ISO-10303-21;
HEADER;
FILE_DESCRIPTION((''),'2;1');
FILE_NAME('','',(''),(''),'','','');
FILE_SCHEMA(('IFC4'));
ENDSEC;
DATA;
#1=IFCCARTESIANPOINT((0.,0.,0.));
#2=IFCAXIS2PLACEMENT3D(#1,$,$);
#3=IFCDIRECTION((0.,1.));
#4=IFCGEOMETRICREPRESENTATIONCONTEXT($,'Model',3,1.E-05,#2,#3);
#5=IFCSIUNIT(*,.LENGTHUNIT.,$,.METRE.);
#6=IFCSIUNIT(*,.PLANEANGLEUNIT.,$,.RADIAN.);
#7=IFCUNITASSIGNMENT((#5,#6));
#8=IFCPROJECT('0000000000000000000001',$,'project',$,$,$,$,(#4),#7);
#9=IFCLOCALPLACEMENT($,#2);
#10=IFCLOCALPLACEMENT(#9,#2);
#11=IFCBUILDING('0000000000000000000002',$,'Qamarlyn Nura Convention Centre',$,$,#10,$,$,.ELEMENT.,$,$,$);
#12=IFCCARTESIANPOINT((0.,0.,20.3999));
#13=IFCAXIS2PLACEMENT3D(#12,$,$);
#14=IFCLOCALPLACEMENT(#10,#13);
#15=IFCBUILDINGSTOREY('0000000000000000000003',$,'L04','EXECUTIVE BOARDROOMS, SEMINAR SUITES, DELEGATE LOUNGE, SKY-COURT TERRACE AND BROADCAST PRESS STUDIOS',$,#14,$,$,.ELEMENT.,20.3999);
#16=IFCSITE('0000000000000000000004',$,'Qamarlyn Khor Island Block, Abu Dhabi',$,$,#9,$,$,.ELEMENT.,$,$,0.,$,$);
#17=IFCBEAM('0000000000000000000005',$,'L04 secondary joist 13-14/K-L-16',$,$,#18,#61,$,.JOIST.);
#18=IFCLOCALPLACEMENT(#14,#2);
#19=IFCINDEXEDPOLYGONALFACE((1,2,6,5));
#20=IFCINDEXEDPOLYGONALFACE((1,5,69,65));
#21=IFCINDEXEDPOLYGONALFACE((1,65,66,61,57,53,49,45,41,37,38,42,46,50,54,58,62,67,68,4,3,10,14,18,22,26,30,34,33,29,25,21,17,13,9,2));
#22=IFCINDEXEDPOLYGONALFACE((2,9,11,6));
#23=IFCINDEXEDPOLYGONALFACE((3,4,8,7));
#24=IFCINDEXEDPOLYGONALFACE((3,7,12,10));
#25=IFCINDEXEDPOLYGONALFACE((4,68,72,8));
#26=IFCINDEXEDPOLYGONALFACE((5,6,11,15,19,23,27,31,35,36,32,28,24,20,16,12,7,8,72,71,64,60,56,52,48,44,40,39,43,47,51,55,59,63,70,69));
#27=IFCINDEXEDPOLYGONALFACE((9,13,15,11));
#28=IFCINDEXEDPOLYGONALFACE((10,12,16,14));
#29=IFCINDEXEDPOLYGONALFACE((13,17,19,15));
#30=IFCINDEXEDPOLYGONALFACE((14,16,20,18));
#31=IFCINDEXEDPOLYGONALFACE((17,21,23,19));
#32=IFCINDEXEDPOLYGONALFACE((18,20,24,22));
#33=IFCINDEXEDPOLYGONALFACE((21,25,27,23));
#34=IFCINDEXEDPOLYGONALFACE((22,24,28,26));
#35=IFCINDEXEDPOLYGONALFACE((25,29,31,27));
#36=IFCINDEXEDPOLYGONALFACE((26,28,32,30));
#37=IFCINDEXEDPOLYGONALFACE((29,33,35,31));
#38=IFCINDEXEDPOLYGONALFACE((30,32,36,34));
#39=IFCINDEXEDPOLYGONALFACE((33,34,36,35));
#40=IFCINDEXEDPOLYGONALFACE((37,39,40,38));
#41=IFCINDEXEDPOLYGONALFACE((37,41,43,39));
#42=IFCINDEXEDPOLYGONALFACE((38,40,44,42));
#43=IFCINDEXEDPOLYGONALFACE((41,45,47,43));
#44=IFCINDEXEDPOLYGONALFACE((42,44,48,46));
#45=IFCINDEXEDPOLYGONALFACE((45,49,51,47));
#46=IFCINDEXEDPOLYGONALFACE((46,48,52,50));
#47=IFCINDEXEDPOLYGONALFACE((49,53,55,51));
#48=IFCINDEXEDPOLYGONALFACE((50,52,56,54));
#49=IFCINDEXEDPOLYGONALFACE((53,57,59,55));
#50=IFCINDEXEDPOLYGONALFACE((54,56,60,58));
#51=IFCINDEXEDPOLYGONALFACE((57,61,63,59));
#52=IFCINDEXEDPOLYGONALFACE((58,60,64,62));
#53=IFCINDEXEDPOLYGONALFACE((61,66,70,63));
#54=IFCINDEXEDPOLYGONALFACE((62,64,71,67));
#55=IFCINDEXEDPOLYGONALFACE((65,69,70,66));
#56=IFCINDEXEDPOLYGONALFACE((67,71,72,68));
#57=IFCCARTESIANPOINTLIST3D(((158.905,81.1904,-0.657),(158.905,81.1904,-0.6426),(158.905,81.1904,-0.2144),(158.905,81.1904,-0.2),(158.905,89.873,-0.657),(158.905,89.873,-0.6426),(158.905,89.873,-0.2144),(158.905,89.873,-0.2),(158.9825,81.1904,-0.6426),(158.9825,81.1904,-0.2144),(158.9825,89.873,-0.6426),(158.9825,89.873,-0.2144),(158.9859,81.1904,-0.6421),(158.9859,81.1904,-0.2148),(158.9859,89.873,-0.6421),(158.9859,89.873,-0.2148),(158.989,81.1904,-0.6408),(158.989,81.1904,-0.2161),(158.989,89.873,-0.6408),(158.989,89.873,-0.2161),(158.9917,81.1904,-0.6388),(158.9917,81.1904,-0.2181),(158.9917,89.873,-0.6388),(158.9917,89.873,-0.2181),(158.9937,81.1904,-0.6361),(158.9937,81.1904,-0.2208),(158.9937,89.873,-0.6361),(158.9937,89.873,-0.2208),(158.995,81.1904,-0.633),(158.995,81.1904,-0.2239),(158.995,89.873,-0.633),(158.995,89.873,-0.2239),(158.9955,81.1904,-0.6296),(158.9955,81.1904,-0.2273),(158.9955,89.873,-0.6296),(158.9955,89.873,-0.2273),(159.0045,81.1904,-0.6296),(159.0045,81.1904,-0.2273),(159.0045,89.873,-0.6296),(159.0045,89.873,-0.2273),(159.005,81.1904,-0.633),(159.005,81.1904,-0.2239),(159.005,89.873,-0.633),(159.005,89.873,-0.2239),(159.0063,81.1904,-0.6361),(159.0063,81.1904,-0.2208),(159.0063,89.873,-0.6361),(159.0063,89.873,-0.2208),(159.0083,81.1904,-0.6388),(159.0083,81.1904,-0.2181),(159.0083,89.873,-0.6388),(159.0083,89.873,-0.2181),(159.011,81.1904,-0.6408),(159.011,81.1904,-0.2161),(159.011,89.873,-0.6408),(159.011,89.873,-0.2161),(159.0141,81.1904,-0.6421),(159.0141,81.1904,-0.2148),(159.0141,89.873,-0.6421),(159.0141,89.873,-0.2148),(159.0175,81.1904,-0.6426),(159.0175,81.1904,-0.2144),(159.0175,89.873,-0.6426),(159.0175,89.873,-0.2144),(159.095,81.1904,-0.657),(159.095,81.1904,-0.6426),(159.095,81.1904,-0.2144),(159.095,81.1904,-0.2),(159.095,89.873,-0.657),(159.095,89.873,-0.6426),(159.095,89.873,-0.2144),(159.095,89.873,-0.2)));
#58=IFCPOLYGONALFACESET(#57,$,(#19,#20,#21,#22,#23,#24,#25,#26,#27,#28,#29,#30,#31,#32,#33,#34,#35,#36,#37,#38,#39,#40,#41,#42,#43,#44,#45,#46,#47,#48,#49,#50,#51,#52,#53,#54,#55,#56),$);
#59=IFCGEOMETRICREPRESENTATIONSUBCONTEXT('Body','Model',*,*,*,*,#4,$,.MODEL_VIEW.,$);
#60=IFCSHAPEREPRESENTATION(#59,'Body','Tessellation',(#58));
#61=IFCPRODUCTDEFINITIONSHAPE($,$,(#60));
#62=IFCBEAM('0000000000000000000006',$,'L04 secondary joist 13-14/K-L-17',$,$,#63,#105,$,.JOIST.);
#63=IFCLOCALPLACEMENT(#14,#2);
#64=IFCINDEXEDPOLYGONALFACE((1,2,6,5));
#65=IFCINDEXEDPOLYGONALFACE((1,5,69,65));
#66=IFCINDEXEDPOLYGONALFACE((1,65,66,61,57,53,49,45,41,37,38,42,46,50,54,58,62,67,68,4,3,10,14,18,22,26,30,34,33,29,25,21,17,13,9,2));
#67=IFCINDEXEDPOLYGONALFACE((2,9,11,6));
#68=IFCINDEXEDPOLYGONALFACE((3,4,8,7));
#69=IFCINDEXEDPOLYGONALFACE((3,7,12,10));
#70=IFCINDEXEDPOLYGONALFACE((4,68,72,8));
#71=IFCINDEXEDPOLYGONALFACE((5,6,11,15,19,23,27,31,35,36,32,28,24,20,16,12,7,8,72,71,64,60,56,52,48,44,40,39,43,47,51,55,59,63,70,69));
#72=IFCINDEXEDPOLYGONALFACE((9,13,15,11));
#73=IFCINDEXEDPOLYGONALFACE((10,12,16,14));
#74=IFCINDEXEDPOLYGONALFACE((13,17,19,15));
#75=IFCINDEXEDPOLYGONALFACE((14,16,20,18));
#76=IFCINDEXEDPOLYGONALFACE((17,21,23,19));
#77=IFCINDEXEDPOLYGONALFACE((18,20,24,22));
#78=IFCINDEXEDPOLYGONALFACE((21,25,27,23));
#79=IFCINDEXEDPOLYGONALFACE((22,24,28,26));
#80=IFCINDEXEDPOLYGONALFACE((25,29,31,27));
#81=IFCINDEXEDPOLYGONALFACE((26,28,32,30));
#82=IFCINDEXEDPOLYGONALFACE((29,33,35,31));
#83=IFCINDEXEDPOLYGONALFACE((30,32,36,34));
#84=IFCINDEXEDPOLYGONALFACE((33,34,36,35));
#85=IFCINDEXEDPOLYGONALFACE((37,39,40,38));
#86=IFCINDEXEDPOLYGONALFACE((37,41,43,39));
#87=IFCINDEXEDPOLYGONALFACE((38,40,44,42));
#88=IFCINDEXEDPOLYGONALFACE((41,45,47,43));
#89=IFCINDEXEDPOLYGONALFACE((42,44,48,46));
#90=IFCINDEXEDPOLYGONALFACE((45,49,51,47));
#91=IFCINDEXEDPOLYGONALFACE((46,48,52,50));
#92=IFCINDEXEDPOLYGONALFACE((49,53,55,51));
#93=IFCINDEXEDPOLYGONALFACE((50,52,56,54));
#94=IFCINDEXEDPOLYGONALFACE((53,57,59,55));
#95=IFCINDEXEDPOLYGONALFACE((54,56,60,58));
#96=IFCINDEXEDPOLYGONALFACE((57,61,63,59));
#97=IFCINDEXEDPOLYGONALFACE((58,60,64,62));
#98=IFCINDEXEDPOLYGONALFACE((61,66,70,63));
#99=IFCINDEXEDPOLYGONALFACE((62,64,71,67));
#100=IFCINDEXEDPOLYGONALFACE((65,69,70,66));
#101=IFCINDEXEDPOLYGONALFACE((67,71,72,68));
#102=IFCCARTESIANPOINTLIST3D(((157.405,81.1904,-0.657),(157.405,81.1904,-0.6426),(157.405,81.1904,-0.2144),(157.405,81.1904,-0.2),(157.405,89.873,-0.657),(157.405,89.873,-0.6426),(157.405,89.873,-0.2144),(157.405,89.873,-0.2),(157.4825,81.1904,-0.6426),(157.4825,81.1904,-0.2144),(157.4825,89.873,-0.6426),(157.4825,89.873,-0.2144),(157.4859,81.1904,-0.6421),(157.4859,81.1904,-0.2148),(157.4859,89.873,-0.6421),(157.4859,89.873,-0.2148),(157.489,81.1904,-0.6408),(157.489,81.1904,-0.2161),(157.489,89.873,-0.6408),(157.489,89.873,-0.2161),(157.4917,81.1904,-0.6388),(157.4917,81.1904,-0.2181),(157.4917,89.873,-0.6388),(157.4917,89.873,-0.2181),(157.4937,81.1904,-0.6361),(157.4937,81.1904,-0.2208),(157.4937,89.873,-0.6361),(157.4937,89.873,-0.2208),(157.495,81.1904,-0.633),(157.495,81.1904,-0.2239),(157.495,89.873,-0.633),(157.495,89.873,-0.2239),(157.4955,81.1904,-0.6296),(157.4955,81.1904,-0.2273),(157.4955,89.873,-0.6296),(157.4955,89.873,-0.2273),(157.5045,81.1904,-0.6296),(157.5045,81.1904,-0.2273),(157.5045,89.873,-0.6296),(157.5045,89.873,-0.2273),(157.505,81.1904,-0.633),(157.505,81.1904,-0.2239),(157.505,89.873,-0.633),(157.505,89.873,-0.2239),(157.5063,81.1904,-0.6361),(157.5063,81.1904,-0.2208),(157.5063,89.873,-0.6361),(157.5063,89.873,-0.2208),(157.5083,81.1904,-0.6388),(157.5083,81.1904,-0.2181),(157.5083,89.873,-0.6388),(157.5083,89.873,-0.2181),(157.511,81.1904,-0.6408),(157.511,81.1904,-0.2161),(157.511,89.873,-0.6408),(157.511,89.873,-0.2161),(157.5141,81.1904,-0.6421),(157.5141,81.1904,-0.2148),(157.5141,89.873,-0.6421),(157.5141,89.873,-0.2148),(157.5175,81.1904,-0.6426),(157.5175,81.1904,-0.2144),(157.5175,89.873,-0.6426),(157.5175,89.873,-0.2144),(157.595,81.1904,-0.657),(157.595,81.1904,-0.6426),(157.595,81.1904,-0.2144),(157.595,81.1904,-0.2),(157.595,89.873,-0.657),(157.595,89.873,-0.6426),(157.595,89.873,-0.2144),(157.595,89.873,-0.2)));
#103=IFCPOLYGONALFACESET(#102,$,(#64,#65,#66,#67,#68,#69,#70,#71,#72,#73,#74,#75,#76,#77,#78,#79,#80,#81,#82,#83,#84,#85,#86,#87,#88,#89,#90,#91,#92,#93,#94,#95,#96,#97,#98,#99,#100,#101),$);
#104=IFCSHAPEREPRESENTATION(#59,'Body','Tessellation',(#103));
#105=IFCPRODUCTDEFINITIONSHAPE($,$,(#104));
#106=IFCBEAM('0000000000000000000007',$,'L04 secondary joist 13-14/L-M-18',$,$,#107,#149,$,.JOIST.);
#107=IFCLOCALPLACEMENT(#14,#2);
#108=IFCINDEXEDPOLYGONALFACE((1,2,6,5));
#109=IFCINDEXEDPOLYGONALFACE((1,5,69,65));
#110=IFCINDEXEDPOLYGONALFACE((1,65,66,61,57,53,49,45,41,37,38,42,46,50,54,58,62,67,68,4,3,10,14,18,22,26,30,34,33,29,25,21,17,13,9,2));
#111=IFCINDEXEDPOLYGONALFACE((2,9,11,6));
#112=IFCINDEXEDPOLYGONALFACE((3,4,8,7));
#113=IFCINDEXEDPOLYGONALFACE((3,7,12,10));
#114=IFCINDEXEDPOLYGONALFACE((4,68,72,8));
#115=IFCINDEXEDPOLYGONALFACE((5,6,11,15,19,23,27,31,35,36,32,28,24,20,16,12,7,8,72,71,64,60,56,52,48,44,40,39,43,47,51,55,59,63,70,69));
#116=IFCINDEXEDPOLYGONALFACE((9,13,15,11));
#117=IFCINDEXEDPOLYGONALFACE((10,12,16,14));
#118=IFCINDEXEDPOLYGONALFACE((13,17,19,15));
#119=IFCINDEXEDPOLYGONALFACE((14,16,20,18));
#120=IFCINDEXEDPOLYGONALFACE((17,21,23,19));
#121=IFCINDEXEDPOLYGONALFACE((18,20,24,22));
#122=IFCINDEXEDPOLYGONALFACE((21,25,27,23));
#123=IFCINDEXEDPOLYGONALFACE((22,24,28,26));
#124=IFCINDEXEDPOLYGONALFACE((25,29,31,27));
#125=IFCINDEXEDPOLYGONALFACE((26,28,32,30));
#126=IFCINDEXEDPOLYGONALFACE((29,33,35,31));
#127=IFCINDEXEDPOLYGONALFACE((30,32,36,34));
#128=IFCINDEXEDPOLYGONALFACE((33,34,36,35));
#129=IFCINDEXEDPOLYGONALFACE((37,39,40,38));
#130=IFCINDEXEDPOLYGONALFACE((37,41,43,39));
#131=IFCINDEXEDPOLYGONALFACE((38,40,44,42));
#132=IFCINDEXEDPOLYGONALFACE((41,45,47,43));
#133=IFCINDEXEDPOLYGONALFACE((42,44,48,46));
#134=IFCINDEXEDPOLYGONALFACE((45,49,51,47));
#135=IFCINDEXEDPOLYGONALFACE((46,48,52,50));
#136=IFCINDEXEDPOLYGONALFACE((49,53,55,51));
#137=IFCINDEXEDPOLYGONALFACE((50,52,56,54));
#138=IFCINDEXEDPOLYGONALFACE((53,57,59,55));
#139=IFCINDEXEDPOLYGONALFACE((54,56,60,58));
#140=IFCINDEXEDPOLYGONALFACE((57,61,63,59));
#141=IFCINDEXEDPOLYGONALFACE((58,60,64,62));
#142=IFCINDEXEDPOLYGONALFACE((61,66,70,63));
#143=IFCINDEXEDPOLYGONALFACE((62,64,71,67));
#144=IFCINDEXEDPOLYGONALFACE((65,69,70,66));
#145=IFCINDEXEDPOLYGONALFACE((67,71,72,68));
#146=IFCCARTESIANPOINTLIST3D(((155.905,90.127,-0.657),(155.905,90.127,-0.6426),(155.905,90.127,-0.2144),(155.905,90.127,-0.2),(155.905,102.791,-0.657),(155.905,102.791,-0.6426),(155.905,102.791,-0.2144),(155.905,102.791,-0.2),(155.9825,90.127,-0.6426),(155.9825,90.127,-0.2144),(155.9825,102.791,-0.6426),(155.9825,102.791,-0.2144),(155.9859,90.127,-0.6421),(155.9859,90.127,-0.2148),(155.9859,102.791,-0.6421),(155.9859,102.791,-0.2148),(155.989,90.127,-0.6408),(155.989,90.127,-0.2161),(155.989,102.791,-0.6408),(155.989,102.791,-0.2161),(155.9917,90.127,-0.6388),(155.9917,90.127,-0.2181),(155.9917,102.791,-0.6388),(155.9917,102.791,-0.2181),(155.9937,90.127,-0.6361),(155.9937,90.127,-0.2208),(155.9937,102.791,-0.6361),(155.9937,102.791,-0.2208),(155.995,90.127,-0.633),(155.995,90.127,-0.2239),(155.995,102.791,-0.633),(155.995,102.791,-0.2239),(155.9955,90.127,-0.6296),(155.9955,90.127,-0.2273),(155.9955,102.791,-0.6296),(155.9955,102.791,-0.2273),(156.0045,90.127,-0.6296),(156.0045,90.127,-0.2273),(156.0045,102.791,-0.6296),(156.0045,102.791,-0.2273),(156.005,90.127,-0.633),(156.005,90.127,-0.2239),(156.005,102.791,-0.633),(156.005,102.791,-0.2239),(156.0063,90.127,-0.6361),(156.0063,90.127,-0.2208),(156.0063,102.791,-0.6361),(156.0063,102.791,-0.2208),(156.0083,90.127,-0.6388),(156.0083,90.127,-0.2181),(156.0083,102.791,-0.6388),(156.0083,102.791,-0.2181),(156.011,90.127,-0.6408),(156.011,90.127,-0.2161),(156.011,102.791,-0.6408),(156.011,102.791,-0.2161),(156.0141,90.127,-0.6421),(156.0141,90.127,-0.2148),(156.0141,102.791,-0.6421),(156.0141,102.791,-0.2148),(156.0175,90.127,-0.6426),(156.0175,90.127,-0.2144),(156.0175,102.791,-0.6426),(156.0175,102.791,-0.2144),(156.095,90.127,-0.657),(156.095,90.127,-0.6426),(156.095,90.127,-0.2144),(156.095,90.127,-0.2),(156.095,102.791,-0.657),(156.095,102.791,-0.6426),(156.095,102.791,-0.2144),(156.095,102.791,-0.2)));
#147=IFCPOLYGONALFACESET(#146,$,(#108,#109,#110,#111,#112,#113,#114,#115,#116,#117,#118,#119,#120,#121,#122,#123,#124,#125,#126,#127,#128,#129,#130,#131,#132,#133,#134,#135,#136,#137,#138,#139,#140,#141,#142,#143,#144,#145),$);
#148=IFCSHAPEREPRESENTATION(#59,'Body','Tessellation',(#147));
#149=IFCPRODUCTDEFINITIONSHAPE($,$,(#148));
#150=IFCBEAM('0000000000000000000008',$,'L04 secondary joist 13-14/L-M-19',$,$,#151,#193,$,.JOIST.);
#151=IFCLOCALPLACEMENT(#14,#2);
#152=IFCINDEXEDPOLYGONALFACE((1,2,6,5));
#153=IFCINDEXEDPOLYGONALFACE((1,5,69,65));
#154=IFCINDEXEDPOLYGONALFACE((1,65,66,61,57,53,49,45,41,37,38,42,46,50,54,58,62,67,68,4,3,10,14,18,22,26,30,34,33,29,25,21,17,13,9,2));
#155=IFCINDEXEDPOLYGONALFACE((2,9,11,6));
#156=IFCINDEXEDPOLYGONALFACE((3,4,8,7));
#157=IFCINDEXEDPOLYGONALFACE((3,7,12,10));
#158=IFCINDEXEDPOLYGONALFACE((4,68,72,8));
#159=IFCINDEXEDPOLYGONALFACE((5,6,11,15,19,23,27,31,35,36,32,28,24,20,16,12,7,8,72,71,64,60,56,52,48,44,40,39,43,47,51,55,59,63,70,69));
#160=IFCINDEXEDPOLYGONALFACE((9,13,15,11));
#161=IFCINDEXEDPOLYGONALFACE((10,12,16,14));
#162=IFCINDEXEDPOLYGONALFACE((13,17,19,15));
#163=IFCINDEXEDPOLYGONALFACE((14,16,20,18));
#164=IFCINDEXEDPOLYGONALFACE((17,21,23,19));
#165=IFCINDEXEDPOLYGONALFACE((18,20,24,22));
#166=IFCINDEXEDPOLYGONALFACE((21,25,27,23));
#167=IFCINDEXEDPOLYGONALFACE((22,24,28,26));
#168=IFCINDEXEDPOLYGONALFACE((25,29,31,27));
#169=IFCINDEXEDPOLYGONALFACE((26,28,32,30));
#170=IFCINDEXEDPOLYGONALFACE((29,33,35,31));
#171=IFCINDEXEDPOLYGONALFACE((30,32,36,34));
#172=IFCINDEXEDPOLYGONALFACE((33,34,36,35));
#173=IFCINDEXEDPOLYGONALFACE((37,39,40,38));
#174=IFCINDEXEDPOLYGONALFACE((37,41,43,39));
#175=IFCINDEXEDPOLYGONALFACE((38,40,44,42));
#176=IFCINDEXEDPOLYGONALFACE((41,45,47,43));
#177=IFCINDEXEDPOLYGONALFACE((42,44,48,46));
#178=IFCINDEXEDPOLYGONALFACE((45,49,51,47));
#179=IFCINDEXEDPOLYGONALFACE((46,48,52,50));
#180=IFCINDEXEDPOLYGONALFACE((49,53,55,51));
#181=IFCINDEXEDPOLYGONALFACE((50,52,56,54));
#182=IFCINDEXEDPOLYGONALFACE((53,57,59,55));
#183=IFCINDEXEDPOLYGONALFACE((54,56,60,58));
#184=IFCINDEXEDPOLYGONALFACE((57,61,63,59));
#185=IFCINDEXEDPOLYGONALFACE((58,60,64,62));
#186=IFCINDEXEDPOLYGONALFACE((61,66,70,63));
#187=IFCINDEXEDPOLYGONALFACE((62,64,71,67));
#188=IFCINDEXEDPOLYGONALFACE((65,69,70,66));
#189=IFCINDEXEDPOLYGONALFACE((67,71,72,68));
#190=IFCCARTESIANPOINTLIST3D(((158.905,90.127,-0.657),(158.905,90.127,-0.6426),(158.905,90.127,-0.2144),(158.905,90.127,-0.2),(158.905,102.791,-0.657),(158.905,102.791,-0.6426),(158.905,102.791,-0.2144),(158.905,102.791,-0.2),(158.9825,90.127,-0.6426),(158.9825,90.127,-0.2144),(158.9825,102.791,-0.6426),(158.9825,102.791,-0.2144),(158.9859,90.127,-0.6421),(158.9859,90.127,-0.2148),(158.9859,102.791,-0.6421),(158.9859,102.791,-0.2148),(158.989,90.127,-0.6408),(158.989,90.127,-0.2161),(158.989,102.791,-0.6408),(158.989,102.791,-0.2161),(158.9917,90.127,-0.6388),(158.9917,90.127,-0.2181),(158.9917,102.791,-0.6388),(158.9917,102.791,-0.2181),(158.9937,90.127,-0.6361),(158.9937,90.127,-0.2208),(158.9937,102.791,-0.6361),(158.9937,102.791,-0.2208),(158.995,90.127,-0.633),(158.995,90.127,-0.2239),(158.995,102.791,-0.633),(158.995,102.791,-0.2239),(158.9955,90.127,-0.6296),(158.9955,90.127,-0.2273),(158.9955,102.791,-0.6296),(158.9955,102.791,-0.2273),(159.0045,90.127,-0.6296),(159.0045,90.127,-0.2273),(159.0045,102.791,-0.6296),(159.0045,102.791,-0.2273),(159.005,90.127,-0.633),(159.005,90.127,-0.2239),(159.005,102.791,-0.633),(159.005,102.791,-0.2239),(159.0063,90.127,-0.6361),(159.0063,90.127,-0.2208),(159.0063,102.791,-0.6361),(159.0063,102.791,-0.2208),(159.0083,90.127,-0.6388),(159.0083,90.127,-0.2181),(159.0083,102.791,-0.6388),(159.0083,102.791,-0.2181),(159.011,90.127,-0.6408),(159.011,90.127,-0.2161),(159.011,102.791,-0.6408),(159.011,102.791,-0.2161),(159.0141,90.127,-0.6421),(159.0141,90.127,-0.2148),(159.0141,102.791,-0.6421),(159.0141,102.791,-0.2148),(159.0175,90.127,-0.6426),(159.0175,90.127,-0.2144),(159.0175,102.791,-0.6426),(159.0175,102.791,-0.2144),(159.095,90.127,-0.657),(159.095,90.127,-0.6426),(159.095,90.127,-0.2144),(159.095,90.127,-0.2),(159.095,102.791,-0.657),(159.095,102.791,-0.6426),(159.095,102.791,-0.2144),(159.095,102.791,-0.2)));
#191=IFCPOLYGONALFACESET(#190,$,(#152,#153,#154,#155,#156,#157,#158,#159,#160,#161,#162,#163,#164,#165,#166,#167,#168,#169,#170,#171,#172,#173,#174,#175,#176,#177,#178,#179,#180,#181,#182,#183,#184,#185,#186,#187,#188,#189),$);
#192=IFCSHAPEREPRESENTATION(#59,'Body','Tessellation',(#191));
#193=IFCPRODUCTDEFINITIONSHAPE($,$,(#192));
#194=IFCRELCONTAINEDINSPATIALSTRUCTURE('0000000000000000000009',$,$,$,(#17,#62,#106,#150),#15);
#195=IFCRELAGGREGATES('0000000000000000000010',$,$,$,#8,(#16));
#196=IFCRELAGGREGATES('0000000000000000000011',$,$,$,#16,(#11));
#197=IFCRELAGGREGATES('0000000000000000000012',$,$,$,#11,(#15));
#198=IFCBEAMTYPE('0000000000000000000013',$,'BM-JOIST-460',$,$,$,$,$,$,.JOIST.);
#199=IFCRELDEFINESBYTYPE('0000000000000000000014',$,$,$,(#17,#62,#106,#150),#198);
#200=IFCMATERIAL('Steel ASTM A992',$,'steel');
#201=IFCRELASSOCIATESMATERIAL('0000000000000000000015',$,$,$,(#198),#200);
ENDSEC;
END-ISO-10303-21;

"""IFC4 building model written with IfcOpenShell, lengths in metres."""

from ifc_helpers import new_model, si_unit, direction, frame, origin, origin_2d, place, context, subcontext, project, spatial, i_section, extrude, material, material_profile, profile_set, type_object, element, save


model = new_model("IFC4")

# Units and contexts
model_context = context("Model", 3, precision=1e-05, world=origin(), true_north=direction((0.0, 1.0)))
body_context = subcontext(model_context, "Body", "Model", "MODEL_VIEW")
ifc_project = project(units=[si_unit("LENGTHUNIT", "METRE"), si_unit("PLANEANGLEUNIT", "RADIAN")], contexts=[model_context])

# Site, building, storey
site_placement = place(None, origin())
site = spatial("IfcSite", under=ifc_project, at=site_placement, Name="Qamarlyn Khor Island Block, Abu Dhabi", CompositionType="ELEMENT", RefElevation=0.0)
building_placement = place(site_placement, origin())
building = spatial("IfcBuilding", under=site, at=building_placement, Name="Qamarlyn Nura Convention Centre", CompositionType="ELEMENT")
storey_placement = place(building_placement, frame((0.0, 0.0, 20.3999)))
storey = spatial("IfcBuildingStorey", under=building, at=storey_placement, Name="L04", Description="EXECUTIVE BOARDROOMS, SEMINAR SUITES, DELEGATE LOUNGE, SKY-COURT TERRACE AND BROADCAST PRESS STUDIOS", CompositionType="ELEMENT", Elevation=20.3999)

# Shared definitions
ifc_material_1 = material(Name="Steel ASTM A992", Category="steel")

# Beams
ifc_material_profile_1 = material_profile(ifc_material_1, i_section(OverallWidth=0.1899, OverallDepth=0.457, WebThickness=0.009, FlangeThickness=0.0144, FilletRadius=0.0129, at=origin_2d()), Name="W460X74")
ifc_profile_set_1 = profile_set([ifc_material_profile_1], Name="Steel ASTM A992")
beam_type_1 = type_object("IfcBeamType", Name="BM-JOIST-460", PredefinedType="JOIST", material=ifc_profile_set_1)
for number, where, z_axis, x_axis, name in (
    (1, (159.0, 81.1904, -0.4285), (0.0, 1.0, 0.0), (-1.0, 0.0, 0.0), "L04 secondary joist 13-14/K-L-16"),
    (2, (157.5, 81.1904, -0.4285), (0.0, 1.0, 0.0), (-1.0, 0.0, 0.0), "L04 secondary joist 13-14/K-L-17"),
):
    element("IfcBeam", number, at=place(storey_placement, frame(where, z_axis=z_axis, x_axis=x_axis)), inside=storey, type_object=beam_type_1, Name=name, PredefinedType="JOIST", context=body_context, shape_type="SweptSolid", body=[
        extrude(i_section(OverallWidth=0.1899, OverallDepth=0.457, WebThickness=0.009, FlangeThickness=0.0144, FilletRadius=0.0129, at=origin_2d()), origin(), (0.0, 0.0, 1.0), 8.6826),
    ])
for number, where, z_axis, x_axis, name in (
    (3, (156.0, 90.127, -0.4285), (0.0, 1.0, 0.0), (-1.0, 0.0, 0.0), "L04 secondary joist 13-14/L-M-18"),
    (4, (159.0, 90.127, -0.4285), (0.0, 1.0, 0.0), (-1.0, 0.0, 0.0), "L04 secondary joist 13-14/L-M-19"),
):
    element("IfcBeam", number, at=place(storey_placement, frame(where, z_axis=z_axis, x_axis=x_axis)), inside=storey, type_object=beam_type_1, Name=name, PredefinedType="JOIST", context=body_context, shape_type="SweptSolid", body=[
        extrude(i_section(OverallWidth=0.1899, OverallDepth=0.457, WebThickness=0.009, FlangeThickness=0.0144, FilletRadius=0.0129, at=origin_2d()), origin(), (0.0, 0.0, 1.0), 12.6641),
    ])

save(model, "model.ifc")
